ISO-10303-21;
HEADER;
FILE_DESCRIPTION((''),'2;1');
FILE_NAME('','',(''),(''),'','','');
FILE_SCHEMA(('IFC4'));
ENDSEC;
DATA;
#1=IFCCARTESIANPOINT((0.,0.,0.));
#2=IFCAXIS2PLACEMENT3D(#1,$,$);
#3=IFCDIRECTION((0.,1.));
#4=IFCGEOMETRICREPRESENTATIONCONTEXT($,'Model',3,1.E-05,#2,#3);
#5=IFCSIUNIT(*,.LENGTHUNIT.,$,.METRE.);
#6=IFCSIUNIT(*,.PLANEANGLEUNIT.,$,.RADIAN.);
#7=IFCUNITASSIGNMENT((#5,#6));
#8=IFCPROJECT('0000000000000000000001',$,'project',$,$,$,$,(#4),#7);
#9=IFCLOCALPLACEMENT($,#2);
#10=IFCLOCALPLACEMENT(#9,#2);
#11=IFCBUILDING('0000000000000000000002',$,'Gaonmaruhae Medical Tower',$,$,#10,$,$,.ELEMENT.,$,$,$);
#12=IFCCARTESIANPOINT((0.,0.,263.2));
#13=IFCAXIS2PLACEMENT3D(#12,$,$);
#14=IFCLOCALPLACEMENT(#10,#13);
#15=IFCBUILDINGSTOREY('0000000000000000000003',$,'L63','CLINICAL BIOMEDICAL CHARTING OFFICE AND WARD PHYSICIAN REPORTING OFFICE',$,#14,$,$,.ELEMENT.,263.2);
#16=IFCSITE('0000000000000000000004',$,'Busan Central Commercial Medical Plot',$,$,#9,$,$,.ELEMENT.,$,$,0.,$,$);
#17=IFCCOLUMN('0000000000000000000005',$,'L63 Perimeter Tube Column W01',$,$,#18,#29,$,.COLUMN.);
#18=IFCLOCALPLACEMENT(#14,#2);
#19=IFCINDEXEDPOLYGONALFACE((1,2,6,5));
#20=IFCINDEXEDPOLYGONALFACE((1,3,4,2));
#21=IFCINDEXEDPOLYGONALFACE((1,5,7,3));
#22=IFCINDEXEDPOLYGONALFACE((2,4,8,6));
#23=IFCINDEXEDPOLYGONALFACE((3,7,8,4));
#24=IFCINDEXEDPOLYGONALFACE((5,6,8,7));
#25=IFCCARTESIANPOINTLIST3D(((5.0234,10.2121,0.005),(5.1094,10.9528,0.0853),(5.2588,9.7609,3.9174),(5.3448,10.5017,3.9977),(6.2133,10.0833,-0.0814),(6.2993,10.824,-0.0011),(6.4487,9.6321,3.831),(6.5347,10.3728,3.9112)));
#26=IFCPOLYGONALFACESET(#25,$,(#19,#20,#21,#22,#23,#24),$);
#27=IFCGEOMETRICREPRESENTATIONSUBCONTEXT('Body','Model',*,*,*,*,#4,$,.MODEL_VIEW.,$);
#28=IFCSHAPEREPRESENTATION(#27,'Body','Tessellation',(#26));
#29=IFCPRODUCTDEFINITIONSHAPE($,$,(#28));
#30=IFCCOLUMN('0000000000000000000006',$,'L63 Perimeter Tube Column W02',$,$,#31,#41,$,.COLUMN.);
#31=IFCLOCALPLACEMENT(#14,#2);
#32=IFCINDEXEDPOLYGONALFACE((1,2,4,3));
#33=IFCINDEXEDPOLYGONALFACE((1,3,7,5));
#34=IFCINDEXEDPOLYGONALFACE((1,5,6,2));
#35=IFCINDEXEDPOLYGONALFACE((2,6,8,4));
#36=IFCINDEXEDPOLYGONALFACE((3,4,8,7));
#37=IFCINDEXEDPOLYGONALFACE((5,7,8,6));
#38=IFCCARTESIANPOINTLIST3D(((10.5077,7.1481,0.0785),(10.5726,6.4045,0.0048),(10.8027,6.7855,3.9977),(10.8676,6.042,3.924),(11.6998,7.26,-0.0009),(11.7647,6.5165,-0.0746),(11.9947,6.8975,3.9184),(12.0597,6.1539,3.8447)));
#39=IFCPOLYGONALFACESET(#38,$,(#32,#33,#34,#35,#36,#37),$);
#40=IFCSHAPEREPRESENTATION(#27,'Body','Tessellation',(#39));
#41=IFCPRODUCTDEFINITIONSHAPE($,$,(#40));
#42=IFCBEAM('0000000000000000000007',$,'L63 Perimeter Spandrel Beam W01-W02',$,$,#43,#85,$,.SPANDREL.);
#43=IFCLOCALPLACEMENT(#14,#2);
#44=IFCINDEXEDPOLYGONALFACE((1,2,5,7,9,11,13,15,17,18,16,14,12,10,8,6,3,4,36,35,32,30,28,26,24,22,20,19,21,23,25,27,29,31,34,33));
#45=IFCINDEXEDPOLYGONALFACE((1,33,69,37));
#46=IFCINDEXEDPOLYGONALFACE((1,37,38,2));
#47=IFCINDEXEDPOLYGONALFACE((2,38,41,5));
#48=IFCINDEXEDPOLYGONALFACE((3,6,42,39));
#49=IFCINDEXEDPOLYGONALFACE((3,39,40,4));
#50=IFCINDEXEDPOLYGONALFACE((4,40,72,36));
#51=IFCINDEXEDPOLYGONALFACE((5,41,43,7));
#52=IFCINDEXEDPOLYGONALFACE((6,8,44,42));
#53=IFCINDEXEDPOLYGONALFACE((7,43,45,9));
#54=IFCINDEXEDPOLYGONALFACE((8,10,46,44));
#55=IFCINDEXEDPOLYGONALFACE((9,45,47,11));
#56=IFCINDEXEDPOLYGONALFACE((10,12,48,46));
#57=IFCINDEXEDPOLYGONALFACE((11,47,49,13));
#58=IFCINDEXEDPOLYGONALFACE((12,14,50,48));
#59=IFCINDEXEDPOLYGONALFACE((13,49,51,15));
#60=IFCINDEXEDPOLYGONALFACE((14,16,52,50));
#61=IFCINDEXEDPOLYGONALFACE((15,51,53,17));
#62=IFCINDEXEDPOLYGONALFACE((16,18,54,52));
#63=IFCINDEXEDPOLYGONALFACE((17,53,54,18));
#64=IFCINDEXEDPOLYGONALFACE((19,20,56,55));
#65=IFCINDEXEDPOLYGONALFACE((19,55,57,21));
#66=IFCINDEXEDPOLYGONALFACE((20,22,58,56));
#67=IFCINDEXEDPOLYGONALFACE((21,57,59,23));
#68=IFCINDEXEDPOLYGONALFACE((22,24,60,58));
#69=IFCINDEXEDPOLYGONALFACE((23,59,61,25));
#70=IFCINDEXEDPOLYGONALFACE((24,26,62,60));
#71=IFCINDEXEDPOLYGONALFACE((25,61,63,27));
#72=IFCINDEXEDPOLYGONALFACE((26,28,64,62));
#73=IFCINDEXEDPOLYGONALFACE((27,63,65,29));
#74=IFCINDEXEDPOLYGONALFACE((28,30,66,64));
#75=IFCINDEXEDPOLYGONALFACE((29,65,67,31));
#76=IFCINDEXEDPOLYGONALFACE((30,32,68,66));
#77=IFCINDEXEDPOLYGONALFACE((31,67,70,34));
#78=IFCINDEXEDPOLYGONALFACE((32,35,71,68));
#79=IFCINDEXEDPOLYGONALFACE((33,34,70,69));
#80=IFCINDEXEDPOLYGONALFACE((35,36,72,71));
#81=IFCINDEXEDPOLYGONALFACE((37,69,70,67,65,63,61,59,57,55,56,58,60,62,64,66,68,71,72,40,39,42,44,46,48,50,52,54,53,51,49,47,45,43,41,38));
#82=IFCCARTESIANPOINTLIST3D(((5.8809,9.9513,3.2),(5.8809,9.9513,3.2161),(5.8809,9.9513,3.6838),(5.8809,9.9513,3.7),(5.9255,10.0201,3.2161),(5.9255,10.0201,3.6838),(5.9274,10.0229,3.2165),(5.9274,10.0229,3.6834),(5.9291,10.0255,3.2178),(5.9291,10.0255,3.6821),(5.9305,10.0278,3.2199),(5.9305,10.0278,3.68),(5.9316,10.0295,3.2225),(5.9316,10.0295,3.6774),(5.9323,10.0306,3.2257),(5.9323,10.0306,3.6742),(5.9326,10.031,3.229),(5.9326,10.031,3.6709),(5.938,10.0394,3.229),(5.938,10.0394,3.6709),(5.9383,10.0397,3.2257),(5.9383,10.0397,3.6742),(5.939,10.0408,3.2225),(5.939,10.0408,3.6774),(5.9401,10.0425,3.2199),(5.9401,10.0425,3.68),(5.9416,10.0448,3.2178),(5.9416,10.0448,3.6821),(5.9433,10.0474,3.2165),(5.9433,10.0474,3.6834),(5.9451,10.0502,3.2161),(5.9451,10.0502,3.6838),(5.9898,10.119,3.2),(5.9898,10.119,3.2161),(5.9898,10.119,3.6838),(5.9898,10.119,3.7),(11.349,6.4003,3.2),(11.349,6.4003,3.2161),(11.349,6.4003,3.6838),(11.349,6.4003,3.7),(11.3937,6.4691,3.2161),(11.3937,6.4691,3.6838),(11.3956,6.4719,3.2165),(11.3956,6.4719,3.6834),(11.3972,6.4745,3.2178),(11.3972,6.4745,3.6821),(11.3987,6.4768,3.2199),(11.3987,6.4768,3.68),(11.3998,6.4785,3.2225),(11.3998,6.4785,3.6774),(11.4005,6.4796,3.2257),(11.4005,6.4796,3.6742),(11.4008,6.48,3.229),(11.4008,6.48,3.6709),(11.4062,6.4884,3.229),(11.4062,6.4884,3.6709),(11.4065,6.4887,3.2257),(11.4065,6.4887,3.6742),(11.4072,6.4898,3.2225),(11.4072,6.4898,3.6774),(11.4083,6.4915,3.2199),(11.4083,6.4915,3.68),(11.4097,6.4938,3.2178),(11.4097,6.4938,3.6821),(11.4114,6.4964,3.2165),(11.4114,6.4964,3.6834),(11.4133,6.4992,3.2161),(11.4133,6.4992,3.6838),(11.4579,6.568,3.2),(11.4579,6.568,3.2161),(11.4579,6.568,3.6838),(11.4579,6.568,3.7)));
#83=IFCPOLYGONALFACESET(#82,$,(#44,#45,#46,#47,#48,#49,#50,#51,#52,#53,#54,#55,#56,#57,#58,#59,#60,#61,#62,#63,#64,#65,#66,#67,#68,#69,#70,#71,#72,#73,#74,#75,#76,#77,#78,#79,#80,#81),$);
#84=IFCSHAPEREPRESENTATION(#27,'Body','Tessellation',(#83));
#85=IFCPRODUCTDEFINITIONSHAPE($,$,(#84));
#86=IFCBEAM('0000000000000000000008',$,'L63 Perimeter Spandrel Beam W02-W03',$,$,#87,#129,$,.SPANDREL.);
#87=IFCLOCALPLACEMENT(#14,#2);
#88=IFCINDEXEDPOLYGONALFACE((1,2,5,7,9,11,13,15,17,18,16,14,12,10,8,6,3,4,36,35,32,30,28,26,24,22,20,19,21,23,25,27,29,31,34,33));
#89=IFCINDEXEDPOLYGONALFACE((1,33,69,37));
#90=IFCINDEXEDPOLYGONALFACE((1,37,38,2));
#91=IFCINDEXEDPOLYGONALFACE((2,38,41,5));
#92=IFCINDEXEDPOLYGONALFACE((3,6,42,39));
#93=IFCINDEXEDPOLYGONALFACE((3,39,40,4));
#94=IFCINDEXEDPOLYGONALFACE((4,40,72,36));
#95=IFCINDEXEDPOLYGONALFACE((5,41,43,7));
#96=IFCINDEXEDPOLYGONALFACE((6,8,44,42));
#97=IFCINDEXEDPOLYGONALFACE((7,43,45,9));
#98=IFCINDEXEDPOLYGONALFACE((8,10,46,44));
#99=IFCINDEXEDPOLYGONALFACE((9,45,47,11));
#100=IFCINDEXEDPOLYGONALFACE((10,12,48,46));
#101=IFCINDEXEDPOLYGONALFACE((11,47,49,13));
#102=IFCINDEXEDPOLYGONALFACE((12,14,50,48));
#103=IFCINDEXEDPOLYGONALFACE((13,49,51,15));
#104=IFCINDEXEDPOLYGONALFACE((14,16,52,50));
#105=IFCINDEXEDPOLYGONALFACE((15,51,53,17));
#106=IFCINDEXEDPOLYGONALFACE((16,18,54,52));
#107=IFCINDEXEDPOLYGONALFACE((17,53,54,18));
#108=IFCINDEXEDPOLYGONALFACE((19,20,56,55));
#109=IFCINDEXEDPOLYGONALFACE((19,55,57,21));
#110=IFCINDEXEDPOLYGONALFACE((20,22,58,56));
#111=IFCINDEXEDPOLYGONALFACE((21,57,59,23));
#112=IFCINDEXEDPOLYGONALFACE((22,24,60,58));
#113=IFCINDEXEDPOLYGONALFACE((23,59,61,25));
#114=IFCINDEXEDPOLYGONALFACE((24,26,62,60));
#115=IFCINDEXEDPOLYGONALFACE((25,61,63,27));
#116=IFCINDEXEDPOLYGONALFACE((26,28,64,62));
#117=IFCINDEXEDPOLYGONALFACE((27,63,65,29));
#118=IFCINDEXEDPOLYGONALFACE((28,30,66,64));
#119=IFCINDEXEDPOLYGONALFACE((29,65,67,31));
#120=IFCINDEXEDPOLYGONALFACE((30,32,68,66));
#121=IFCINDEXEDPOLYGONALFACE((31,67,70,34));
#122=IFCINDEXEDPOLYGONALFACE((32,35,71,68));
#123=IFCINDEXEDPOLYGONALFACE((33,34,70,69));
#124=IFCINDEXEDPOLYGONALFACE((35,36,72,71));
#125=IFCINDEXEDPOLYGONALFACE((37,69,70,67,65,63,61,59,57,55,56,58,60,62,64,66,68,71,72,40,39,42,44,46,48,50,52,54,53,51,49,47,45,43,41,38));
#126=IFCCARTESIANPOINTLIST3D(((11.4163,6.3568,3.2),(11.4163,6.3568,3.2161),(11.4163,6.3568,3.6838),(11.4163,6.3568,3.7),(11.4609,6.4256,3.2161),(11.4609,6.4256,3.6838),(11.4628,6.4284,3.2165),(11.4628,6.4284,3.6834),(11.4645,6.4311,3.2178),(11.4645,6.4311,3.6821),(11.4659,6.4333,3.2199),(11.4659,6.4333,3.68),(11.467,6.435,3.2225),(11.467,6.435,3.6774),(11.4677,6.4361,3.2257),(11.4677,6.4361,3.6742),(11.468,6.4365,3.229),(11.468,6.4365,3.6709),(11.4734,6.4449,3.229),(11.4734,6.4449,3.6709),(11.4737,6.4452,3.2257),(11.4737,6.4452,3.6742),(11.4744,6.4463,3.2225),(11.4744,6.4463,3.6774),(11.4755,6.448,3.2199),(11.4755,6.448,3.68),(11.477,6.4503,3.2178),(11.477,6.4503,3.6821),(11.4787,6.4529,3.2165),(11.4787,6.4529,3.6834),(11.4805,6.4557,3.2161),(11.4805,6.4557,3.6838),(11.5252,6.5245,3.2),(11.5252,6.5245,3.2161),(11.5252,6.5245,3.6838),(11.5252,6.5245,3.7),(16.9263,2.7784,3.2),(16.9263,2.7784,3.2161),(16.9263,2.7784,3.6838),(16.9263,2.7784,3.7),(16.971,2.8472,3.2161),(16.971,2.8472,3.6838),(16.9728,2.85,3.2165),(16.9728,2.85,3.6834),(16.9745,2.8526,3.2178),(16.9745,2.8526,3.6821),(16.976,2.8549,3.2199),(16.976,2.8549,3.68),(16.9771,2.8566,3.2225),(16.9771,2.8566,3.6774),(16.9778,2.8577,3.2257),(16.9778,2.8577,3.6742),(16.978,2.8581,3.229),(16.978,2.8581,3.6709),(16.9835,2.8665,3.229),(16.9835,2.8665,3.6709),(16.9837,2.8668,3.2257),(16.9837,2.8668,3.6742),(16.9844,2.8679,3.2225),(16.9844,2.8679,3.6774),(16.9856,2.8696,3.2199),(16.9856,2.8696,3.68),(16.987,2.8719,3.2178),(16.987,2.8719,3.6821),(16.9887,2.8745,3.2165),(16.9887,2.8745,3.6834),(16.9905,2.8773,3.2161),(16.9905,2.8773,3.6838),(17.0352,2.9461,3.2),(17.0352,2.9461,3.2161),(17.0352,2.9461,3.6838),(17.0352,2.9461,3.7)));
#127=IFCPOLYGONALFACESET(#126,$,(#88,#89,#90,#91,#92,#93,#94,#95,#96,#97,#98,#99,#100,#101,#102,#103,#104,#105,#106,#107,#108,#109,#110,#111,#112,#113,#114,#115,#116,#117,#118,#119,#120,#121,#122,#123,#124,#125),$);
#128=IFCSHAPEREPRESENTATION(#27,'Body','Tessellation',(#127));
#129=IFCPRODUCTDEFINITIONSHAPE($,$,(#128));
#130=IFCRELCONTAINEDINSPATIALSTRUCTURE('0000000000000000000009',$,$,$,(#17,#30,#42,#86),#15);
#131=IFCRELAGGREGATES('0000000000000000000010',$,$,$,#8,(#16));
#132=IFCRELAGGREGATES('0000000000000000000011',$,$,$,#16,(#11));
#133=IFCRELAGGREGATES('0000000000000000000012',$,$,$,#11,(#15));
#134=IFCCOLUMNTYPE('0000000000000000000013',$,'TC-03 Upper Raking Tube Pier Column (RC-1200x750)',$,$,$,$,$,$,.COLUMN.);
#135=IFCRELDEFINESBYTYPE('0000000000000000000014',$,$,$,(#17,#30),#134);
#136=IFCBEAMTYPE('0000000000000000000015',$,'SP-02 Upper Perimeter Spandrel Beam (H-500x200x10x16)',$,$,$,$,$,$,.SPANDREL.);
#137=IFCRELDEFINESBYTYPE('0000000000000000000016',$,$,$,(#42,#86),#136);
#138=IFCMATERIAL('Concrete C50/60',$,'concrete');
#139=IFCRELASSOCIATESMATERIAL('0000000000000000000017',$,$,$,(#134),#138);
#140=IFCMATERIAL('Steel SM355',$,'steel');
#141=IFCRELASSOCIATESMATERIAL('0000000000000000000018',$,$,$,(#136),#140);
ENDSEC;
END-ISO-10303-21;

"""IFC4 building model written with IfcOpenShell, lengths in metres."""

from ifc_helpers import new_model, si_unit, direction, frame, origin, origin_2d, place, context, subcontext, project, spatial, rectangle, i_section, extrude, material, material_profile, profile_set, type_object, element, save


model = new_model("IFC4")

# Units and contexts
model_context = context("Model", 3, precision=1e-05, world=origin(), true_north=direction((0.0, 1.0)))
body_context = subcontext(model_context, "Body", "Model", "MODEL_VIEW")
ifc_project = project(units=[si_unit("LENGTHUNIT", "METRE"), si_unit("PLANEANGLEUNIT", "RADIAN")], contexts=[model_context])

# Site, building, storey
site_placement = place(None, origin())
site = spatial("IfcSite", under=ifc_project, at=site_placement, Name="Busan Central Commercial Medical Plot", CompositionType="ELEMENT", RefElevation=0.0)
building_placement = place(site_placement, origin())
building = spatial("IfcBuilding", under=site, at=building_placement, Name="Gaonmaruhae Medical Tower", CompositionType="ELEMENT")
storey_placement = place(building_placement, frame((0.0, 0.0, 263.2)))
storey = spatial("IfcBuildingStorey", under=building, at=storey_placement, Name="L63", Description="CLINICAL BIOMEDICAL CHARTING OFFICE AND WARD PHYSICIAN REPORTING OFFICE", CompositionType="ELEMENT", Elevation=263.2)

# Columns
ifc_material_1 = material(Name="Concrete C50/60", Category="concrete")
ifc_material_profile_1 = material_profile(ifc_material_1, rectangle(XDim=1.2, YDim=0.75, at=origin_2d()), Name="RC-1200x750")
ifc_profile_set_1 = profile_set([ifc_material_profile_1], Name="Concrete C50/60")
column_type = type_object("IfcColumnType", Name="TC-03 Upper Raking Tube Pier Column (RC-1200x750)", PredefinedType="COLUMN", material=ifc_profile_set_1)
column_1_placement = place(storey_placement, frame((5.6614, 10.5181, 0.002), z_axis=(0.059654, -0.114357, 0.991647), x_axis=(-0.991608, 0.107358, 0.072032)))
element("IfcColumn", 1, at=column_1_placement, inside=storey, type_object=column_type, Name="L63 Perimeter Tube Column W01", PredefinedType="COLUMN", context=body_context, shape_type="SweptSolid", body=[
    extrude(rectangle(XDim=1.2, YDim=0.75, at=origin_2d()), origin(), (0.0, 0.0, 1.0), 3.9453),
])
column_2_placement = place(storey_placement, frame((11.1362, 6.8323, 0.002), z_axis=(0.074721, -0.091855, 0.992965), x_axis=(-0.993441, -0.093285, 0.066128)))
element("IfcColumn", 2, at=column_2_placement, inside=storey, type_object=column_type, Name="L63 Perimeter Tube Column W02", PredefinedType="COLUMN", context=body_context, shape_type="SweptSolid", body=[
    extrude(rectangle(XDim=1.2, YDim=0.75, at=origin_2d()), origin(), (0.0, 0.0, 1.0), 3.947),
])

# Beams
ifc_material_2 = material(Name="Steel SM355", Category="steel")
ifc_material_profile_2 = material_profile(ifc_material_2, i_section(OverallWidth=0.2, OverallDepth=0.5, WebThickness=0.01, FlangeThickness=0.0161, FilletRadius=0.0129, at=origin_2d()), Name="H-500x200x10x16")
ifc_profile_set_2 = profile_set([ifc_material_profile_2], Name="Steel SM355")
beam_type = type_object("IfcBeamType", Name="SP-02 Upper Perimeter Spandrel Beam (H-500x200x10x16)", PredefinedType="SPANDREL", material=ifc_profile_set_2)
beam_1_placement = place(storey_placement, frame((5.9353, 10.0352, 3.45), z_axis=(0.838678, -0.544628, 0.0), x_axis=(0.544628, 0.838678, 0.0)))
element("IfcBeam", 3, at=beam_1_placement, inside=storey, type_object=beam_type, Name="L63 Perimeter Spandrel Beam W01-W02", PredefinedType="SPANDREL", context=body_context, shape_type="SweptSolid", body=[
    extrude(i_section(OverallWidth=0.2, OverallDepth=0.5, WebThickness=0.01, FlangeThickness=0.0161, FilletRadius=0.0129, at=origin_2d()), origin(), (0.0, 0.0, 1.0), 6.52),
])
beam_2_placement = place(storey_placement, frame((11.4707, 6.4407, 3.45), z_axis=(0.838662, -0.544653, 0.0), x_axis=(0.544653, 0.838662, 0.0)))
element("IfcBeam", 4, at=beam_2_placement, inside=storey, type_object=beam_type, Name="L63 Perimeter Spandrel Beam W02-W03", PredefinedType="SPANDREL", context=body_context, shape_type="SweptSolid", body=[
    extrude(i_section(OverallWidth=0.2, OverallDepth=0.5, WebThickness=0.01, FlangeThickness=0.0161, FilletRadius=0.0129, at=origin_2d()), origin(), (0.0, 0.0, 1.0), 6.5701),
])

save(model, "model.ifc")
